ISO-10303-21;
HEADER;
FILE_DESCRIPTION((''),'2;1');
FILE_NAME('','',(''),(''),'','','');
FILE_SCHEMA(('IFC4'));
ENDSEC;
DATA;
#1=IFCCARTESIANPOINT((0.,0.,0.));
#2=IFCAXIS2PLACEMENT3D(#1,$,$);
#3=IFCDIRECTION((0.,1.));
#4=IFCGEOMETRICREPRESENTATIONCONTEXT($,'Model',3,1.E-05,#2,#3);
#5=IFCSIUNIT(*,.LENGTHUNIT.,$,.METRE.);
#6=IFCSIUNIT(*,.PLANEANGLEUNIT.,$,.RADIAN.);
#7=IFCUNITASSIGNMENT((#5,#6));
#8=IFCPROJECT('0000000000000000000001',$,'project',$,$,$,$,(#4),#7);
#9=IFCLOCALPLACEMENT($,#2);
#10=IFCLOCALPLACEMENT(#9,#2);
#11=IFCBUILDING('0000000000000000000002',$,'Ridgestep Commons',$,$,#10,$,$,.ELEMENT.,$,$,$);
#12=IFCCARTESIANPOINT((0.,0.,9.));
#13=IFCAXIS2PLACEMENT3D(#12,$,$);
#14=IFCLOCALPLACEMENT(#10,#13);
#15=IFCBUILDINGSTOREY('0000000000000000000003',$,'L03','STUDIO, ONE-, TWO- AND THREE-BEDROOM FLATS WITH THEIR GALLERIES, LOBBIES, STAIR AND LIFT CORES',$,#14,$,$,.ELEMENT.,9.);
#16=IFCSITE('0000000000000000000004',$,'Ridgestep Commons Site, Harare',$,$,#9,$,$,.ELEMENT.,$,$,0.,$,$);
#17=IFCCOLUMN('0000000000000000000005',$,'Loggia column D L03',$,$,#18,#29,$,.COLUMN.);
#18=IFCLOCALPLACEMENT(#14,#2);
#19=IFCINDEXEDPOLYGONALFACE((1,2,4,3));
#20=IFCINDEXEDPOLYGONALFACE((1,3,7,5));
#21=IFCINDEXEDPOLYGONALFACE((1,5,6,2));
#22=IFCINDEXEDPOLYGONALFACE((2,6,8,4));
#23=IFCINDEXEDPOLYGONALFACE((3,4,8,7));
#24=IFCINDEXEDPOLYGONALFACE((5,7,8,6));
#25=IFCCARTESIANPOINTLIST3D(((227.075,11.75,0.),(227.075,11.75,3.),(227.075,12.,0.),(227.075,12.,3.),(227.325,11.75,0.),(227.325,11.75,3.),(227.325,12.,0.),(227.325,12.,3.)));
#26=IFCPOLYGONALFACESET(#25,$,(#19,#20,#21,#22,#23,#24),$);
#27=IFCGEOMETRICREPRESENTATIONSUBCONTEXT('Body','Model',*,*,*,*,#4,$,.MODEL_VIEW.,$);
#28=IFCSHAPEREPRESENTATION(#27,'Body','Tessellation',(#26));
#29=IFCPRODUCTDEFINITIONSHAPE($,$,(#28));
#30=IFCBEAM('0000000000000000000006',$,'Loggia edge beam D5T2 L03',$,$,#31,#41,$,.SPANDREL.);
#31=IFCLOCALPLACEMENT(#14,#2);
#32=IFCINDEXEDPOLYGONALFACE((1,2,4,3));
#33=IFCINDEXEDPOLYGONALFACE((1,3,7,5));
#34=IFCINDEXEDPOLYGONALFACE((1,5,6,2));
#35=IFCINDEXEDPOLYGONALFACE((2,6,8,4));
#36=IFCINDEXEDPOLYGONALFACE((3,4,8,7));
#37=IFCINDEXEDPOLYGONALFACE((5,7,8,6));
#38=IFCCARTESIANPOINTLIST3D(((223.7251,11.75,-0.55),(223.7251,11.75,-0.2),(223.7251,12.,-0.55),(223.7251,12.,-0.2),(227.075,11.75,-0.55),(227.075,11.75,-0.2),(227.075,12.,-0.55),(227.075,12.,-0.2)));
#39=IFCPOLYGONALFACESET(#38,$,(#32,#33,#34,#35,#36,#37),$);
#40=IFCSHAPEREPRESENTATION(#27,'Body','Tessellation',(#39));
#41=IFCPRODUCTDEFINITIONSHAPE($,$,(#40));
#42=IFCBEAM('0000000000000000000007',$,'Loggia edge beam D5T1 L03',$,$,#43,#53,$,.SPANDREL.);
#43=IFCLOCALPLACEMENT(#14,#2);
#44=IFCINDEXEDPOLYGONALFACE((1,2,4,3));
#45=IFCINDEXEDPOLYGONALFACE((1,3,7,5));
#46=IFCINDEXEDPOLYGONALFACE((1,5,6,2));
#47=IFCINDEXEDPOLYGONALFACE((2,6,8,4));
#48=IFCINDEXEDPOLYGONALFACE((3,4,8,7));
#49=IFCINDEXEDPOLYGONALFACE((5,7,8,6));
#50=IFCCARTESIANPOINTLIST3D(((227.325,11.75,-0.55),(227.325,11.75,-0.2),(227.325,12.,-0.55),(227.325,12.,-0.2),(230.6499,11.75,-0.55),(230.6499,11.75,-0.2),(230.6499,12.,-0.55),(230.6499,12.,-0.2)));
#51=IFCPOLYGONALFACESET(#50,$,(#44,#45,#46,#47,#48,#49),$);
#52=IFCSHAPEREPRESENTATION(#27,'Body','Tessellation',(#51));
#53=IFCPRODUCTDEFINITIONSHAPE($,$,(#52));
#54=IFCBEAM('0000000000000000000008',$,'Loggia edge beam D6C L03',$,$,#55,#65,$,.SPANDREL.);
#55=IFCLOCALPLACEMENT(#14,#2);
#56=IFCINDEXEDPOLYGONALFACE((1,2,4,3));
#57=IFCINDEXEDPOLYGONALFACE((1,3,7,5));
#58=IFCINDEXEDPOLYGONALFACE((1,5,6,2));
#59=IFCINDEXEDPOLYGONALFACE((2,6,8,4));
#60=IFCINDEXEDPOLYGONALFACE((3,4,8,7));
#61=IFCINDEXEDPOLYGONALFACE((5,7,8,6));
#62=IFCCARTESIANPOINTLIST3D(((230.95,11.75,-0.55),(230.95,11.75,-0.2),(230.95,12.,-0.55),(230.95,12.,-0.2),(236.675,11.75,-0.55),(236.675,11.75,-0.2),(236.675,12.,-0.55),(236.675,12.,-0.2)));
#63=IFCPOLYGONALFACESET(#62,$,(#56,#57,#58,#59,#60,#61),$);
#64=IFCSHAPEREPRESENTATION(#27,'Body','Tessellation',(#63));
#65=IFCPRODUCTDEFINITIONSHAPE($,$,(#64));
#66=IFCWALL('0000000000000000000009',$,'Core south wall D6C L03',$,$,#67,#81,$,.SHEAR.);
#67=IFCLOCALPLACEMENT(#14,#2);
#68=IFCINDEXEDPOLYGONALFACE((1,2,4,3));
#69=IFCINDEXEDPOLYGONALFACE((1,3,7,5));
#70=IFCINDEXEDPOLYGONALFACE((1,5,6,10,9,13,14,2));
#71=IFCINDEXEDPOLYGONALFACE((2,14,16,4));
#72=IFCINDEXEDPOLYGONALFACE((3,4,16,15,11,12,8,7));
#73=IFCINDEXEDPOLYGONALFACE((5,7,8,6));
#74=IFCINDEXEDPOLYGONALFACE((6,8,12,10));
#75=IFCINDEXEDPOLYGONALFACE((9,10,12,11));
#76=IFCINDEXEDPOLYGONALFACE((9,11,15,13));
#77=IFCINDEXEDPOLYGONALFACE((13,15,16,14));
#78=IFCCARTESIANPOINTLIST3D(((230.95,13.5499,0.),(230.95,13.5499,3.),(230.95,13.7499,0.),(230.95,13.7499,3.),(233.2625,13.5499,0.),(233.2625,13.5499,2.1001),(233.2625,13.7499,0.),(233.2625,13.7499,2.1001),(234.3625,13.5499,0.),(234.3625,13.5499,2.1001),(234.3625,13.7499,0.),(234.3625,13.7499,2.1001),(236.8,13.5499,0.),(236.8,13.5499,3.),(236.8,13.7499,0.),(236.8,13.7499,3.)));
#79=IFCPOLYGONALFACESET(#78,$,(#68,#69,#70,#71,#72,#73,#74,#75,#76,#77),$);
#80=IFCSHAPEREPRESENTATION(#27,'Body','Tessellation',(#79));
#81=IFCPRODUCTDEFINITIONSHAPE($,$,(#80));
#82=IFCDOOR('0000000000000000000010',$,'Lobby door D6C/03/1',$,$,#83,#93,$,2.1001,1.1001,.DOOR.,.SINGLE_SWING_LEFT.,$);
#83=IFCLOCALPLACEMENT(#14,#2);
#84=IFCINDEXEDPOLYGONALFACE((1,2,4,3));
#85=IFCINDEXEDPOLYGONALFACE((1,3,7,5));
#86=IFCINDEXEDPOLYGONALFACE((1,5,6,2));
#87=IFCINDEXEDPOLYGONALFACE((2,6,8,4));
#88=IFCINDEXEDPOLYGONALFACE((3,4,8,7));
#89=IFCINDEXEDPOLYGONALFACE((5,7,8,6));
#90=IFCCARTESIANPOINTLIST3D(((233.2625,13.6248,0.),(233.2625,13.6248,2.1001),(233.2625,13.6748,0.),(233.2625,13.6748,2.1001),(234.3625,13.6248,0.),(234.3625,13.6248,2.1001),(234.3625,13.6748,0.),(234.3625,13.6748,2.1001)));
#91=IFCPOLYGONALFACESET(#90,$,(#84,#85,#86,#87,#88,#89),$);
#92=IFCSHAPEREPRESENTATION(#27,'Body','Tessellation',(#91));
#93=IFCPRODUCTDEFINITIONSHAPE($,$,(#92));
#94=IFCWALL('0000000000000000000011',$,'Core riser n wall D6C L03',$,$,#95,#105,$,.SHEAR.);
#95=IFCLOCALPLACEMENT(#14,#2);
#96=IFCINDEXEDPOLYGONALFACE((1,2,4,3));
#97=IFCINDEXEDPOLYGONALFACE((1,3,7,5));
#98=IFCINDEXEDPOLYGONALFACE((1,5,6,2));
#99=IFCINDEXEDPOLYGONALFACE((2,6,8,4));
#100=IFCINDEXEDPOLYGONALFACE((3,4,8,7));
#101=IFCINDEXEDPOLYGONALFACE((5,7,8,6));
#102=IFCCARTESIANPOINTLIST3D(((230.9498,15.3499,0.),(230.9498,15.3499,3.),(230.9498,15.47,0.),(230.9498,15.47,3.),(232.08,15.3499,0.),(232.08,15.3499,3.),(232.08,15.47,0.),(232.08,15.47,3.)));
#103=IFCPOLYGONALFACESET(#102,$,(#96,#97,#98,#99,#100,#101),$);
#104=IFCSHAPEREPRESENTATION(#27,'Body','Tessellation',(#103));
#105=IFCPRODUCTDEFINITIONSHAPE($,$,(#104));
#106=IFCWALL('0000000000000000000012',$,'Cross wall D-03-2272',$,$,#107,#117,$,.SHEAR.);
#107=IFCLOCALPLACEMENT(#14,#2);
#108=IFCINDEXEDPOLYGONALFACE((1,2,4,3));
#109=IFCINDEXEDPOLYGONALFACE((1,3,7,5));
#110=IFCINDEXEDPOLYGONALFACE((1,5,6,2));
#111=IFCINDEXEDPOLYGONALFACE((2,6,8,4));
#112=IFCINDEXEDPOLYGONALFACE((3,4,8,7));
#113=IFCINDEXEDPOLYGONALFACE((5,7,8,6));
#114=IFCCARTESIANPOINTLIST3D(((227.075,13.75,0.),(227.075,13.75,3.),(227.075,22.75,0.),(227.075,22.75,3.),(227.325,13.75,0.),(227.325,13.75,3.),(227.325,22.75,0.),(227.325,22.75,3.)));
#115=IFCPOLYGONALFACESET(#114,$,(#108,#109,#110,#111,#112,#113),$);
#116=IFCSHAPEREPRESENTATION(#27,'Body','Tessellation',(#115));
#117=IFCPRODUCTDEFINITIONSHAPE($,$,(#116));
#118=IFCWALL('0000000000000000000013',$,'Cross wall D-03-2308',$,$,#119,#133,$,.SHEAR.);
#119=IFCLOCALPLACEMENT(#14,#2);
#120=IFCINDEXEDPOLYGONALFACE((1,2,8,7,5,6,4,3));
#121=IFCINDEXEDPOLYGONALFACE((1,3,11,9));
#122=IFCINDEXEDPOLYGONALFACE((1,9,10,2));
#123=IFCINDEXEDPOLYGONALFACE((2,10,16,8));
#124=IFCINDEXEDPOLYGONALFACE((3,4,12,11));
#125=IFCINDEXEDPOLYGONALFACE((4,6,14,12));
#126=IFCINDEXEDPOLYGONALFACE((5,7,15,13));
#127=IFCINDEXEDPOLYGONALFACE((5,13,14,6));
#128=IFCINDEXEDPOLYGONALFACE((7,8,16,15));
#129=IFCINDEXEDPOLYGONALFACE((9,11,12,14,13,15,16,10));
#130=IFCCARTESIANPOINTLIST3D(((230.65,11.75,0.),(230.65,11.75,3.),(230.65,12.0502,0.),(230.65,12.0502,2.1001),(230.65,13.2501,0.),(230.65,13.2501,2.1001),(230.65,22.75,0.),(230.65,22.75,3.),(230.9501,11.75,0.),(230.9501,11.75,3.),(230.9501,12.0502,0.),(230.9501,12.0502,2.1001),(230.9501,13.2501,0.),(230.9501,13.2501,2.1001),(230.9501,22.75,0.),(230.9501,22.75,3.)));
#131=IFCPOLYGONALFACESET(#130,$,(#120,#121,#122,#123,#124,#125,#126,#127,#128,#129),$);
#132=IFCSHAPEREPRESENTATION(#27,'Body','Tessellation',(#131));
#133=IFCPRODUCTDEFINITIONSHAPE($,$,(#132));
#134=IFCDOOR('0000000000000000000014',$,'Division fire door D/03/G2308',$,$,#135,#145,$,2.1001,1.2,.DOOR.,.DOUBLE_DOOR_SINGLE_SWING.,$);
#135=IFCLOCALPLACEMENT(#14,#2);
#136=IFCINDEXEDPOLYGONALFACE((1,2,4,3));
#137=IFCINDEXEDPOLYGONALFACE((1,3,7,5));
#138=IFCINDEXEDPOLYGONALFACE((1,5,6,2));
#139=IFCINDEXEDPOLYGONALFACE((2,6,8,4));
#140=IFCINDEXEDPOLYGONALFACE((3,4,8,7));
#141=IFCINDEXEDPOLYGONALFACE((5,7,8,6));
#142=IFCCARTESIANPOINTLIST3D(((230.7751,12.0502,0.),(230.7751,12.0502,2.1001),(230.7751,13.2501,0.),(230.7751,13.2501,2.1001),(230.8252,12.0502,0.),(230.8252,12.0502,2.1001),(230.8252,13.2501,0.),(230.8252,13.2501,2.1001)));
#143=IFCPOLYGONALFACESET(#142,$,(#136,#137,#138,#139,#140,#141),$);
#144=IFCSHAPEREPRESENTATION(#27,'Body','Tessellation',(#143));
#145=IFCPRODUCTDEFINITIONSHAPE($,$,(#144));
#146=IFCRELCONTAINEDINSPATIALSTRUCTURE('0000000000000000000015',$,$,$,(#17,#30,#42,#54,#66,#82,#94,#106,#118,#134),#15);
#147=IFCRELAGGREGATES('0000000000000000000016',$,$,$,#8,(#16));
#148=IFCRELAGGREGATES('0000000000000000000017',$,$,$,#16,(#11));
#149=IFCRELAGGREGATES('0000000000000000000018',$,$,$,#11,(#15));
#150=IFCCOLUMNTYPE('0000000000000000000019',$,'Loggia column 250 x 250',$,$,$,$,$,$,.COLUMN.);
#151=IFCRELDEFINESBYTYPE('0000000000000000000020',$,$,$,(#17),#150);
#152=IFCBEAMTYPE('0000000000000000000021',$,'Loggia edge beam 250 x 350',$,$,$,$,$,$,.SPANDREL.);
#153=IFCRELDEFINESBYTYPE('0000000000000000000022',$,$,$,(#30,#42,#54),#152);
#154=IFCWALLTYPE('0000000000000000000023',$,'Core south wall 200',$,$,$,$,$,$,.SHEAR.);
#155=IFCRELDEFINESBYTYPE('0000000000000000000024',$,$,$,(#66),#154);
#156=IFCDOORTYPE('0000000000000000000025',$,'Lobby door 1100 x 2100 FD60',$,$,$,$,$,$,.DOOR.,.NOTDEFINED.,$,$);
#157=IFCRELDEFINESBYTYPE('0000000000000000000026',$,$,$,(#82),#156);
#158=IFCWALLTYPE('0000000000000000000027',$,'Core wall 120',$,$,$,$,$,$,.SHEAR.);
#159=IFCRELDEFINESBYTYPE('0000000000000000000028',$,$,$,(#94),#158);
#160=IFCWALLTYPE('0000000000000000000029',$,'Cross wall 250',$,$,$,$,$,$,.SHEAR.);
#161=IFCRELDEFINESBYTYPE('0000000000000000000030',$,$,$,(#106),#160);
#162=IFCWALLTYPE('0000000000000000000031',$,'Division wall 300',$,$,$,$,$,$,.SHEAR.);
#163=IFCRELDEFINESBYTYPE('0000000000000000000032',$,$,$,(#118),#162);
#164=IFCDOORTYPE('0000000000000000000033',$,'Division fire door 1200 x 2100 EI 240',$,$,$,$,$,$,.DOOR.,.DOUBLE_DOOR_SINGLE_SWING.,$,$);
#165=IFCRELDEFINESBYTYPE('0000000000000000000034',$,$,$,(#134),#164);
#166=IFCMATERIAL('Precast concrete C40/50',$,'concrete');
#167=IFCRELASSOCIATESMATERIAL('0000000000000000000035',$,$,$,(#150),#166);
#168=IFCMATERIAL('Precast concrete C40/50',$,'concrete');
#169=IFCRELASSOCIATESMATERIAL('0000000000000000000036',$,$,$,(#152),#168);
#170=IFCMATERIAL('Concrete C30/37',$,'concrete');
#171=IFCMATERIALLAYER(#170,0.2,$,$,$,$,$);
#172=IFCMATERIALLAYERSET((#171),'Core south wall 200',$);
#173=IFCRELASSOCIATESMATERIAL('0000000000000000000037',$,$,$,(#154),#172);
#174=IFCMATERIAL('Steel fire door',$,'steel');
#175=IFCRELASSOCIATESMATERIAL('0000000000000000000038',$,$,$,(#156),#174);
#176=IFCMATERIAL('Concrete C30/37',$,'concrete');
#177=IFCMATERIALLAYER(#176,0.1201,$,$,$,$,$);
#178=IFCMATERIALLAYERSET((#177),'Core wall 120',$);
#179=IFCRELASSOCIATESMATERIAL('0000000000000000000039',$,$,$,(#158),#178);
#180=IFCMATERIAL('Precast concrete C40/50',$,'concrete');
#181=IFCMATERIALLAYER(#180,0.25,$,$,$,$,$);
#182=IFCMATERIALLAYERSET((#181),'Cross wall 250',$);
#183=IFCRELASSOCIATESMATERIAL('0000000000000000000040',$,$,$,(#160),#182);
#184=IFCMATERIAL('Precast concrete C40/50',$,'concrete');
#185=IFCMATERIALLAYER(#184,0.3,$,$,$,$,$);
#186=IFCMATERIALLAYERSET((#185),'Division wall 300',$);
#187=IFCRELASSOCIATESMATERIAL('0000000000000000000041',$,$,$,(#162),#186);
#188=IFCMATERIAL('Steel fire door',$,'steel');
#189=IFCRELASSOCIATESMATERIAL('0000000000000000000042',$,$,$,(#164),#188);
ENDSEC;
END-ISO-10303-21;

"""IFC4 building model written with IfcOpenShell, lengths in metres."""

from ifc_helpers import new_model, si_unit, direction, frame, frame_2d, origin, origin_2d, place, context, subcontext, project, spatial, rectangle, extrude, material, layer, layer_set, material_profile, profile_set, type_object, element, fill, save


model = new_model("IFC4")

# Units and contexts
model_context = context("Model", 3, precision=1e-05, world=origin(), true_north=direction((0.0, 1.0)))
body_context = subcontext(model_context, "Body", "Model", "MODEL_VIEW")
ifc_project = project(units=[si_unit("LENGTHUNIT", "METRE"), si_unit("PLANEANGLEUNIT", "RADIAN")], contexts=[model_context])

# Site, building, storey
site_placement = place(None, origin())
site = spatial("IfcSite", under=ifc_project, at=site_placement, Name="Ridgestep Commons Site, Harare", CompositionType="ELEMENT", RefElevation=0.0)
building_placement = place(site_placement, origin())
building = spatial("IfcBuilding", under=site, at=building_placement, Name="Ridgestep Commons", CompositionType="ELEMENT")
storey_placement = place(building_placement, frame((0.0, 0.0, 9.0)))
storey = spatial("IfcBuildingStorey", under=building, at=storey_placement, Name="L03", Description="STUDIO, ONE-, TWO- AND THREE-BEDROOM FLATS WITH THEIR GALLERIES, LOBBIES, STAIR AND LIFT CORES", CompositionType="ELEMENT", Elevation=9.0)

# Column
ifc_material_1 = material(Name="Precast concrete C40/50", Category="concrete")
ifc_material_profile_1 = material_profile(ifc_material_1, rectangle(XDim=0.25, YDim=0.25, at=origin_2d()), Name="PC 250x250")
ifc_profile_set_1 = profile_set([ifc_material_profile_1], Name="Precast concrete C40/50")
column_type = type_object("IfcColumnType", Name="Loggia column 250 x 250", PredefinedType="COLUMN", material=ifc_profile_set_1)
column_placement = place(storey_placement, frame((227.2, 11.875, 0.0), z_axis=(0.0, 0.0, 1.0), x_axis=(1.0, 0.0, 0.0)))
element("IfcColumn", 1, at=column_placement, inside=storey, type_object=column_type, Name="Loggia column D L03", PredefinedType="COLUMN", context=body_context, shape_type="SweptSolid", body=[
    extrude(rectangle(XDim=0.25, YDim=0.25, at=origin_2d()), origin(), (0.0, 0.0, 1.0), 3.0),
])

# Beams
ifc_material_2 = material(Name="Precast concrete C40/50", Category="concrete")
ifc_material_profile_2 = material_profile(ifc_material_2, rectangle(XDim=0.25, YDim=0.3501, at=origin_2d()), Name="PC 250x350")
ifc_profile_set_2 = profile_set([ifc_material_profile_2], Name="Precast concrete C40/50")
beam_type = type_object("IfcBeamType", Name="Loggia edge beam 250 x 350", PredefinedType="SPANDREL", material=ifc_profile_set_2)
beam_1_placement = place(storey_placement, frame((223.7251, 11.875, -0.375), z_axis=(1.0, 0.0, 0.0), x_axis=(0.0, 1.0, 0.0)))
element("IfcBeam", 2, at=beam_1_placement, inside=storey, type_object=beam_type, Name="Loggia edge beam D5T2 L03", PredefinedType="SPANDREL", context=body_context, shape_type="SweptSolid", body=[
    extrude(rectangle(XDim=0.25, YDim=0.3501, at=origin_2d()), origin(), (0.0, 0.0, 1.0), 3.3499),
])
beam_2_placement = place(storey_placement, frame((227.325, 11.875, -0.375), z_axis=(1.0, 0.0, 0.0), x_axis=(0.0, 1.0, 0.0)))
element("IfcBeam", 3, at=beam_2_placement, inside=storey, type_object=beam_type, Name="Loggia edge beam D5T1 L03", PredefinedType="SPANDREL", context=body_context, shape_type="SweptSolid", body=[
    extrude(rectangle(XDim=0.25, YDim=0.3501, at=origin_2d()), origin(), (0.0, 0.0, 1.0), 3.325),
])
beam_3_placement = place(storey_placement, frame((230.95, 11.875, -0.375), z_axis=(1.0, 0.0, 0.0), x_axis=(0.0, 1.0, 0.0)))
element("IfcBeam", 4, at=beam_3_placement, inside=storey, type_object=beam_type, Name="Loggia edge beam D6C L03", PredefinedType="SPANDREL", context=body_context, shape_type="SweptSolid", body=[
    extrude(rectangle(XDim=0.25, YDim=0.3501, at=origin_2d()), origin(), (0.0, 0.0, 1.0), 5.7251),
])

# Wall, opening, door
ifc_material_3 = material(Name="Concrete C30/37", Category="concrete")
ifc_layer_1 = layer(ifc_material_3, 0.2)
ifc_layer_set_1 = layer_set([ifc_layer_1], Name="Core south wall 200")
wall_type_1 = type_object("IfcWallType", Name="Core south wall 200", PredefinedType="SHEAR", material=ifc_layer_set_1)
wall_1_placement = place(storey_placement, frame((230.95, 13.6499, 0.0), z_axis=(0.0, 0.0, 1.0), x_axis=(1.0, 0.0, 0.0)))
wall_1 = element("IfcWall", 5, at=wall_1_placement, inside=storey, type_object=wall_type_1, Name="Core south wall D6C L03", PredefinedType="SHEAR", context=body_context, shape_type="SweptSolid", body=[
    extrude(rectangle(XDim=5.8501, YDim=0.2, at=frame_2d((2.925, 0.0))), origin(), (0.0, 0.0, 1.0), 3.0),
])
opening_1_placement = place(wall_1_placement, frame((2.3125, 0.0, 0.0)))
opening_1 = element("IfcOpeningElement", 6, at=opening_1_placement, cuts=wall_1, PredefinedType="OPENING", context=body_context, shape_type="SweptSolid", body=[
    extrude(rectangle(XDim=1.1001, YDim=2.1001, at=frame_2d((0.55, 1.05))), frame((0.0, 0.1099, 0.0), z_axis=(0.0, -1.0, 0.0), x_axis=(1.0, 0.0, 0.0)), (0.0, 0.0, 1.0), 0.22),
])
ifc_material_4 = material(Name="Steel fire door", Category="steel")
door_type_1 = type_object("IfcDoorType", Name="Lobby door 1100 x 2100 FD60", OperationType="NOTDEFINED", PredefinedType="DOOR", material=ifc_material_4)
door_1_placement = place(opening_1_placement, origin())
door_1 = element("IfcDoor", 7, at=door_1_placement, inside=storey, type_object=door_type_1, Name="Lobby door D6C/03/1", OperationType="SINGLE_SWING_LEFT", OverallHeight=2.1001, OverallWidth=1.1001, PredefinedType="DOOR", context=body_context, shape_type="SweptSolid", body=[
    extrude(rectangle(XDim=1.1001, YDim=2.1001, at=frame_2d((0.55, 1.05))), frame((0.0, 0.0249, 0.0), z_axis=(0.0, -1.0, 0.0), x_axis=(1.0, 0.0, 0.0)), (0.0, 0.0, 1.0), 0.05),
])
fill(opening_1, door_1)

# Walls
ifc_material_5 = material(Name="Concrete C30/37", Category="concrete")
ifc_layer_2 = layer(ifc_material_5, 0.1201)
ifc_layer_set_2 = layer_set([ifc_layer_2], Name="Core wall 120")
wall_type_2 = type_object("IfcWallType", Name="Core wall 120", PredefinedType="SHEAR", material=ifc_layer_set_2)
wall_2_placement = place(storey_placement, frame((230.95, 15.4099, 0.0), z_axis=(0.0, 0.0, 1.0), x_axis=(1.0, 0.0, 0.0)))
element("IfcWall", 8, at=wall_2_placement, inside=storey, type_object=wall_type_2, Name="Core riser n wall D6C L03", PredefinedType="SHEAR", context=body_context, shape_type="SweptSolid", body=[
    extrude(rectangle(XDim=1.1301, YDim=0.1201, at=frame_2d((0.5649, 0.0))), origin(), (0.0, 0.0, 1.0), 3.0),
])
ifc_material_6 = material(Name="Precast concrete C40/50", Category="concrete")
ifc_layer_3 = layer(ifc_material_6, 0.25)
ifc_layer_set_3 = layer_set([ifc_layer_3], Name="Cross wall 250")
wall_type_3 = type_object("IfcWallType", Name="Cross wall 250", PredefinedType="SHEAR", material=ifc_layer_set_3)
wall_3_placement = place(storey_placement, frame((227.2, 13.75, 0.0), z_axis=(0.0, 0.0, 1.0), x_axis=(0.0, 1.0, 0.0)))
element("IfcWall", 9, at=wall_3_placement, inside=storey, type_object=wall_type_3, Name="Cross wall D-03-2272", PredefinedType="SHEAR", context=body_context, shape_type="SweptSolid", body=[
    extrude(rectangle(XDim=9.0, YDim=0.25, at=frame_2d((4.5, 0.0))), origin(), (0.0, 0.0, 1.0), 3.0),
])

# Wall, opening, door
ifc_material_7 = material(Name="Precast concrete C40/50", Category="concrete")
ifc_layer_4 = layer(ifc_material_7, 0.3)
ifc_layer_set_4 = layer_set([ifc_layer_4], Name="Division wall 300")
wall_type_4 = type_object("IfcWallType", Name="Division wall 300", PredefinedType="SHEAR", material=ifc_layer_set_4)
wall_4_placement = place(storey_placement, frame((230.8, 11.75, 0.0), z_axis=(0.0, 0.0, 1.0), x_axis=(0.0, 1.0, 0.0)))
wall_4 = element("IfcWall", 10, at=wall_4_placement, inside=storey, type_object=wall_type_4, Name="Cross wall D-03-2308", PredefinedType="SHEAR", context=body_context, shape_type="SweptSolid", body=[
    extrude(rectangle(XDim=11.0, YDim=0.3, at=frame_2d((5.5, 0.0))), origin(), (0.0, 0.0, 1.0), 3.0),
])
opening_2_placement = place(wall_4_placement, frame((0.3, 0.0, 0.0)))
opening_2 = element("IfcOpeningElement", 11, at=opening_2_placement, cuts=wall_4, PredefinedType="OPENING", context=body_context, shape_type="SweptSolid", body=[
    extrude(rectangle(XDim=1.2, YDim=2.1001, at=frame_2d((0.6001, 1.05))), frame((0.0, 0.1599, 0.0), z_axis=(0.0, -1.0, 0.0), x_axis=(1.0, 0.0, 0.0)), (0.0, 0.0, 1.0), 0.3201),
])
ifc_material_8 = material(Name="Steel fire door", Category="steel")
door_type_2 = type_object("IfcDoorType", Name="Division fire door 1200 x 2100 EI 240", OperationType="DOUBLE_DOOR_SINGLE_SWING", PredefinedType="DOOR", material=ifc_material_8)
door_2_placement = place(opening_2_placement, origin())
door_2 = element("IfcDoor", 12, at=door_2_placement, inside=storey, type_object=door_type_2, Name="Division fire door D/03/G2308", OperationType="DOUBLE_DOOR_SINGLE_SWING", OverallHeight=2.1001, OverallWidth=1.2, PredefinedType="DOOR", context=body_context, shape_type="SweptSolid", body=[
    extrude(rectangle(XDim=1.2, YDim=2.1001, at=frame_2d((0.6001, 1.05))), frame((0.0, 0.0249, 0.0), z_axis=(0.0, -1.0, 0.0), x_axis=(1.0, 0.0, 0.0)), (0.0, 0.0, 1.0), 0.05),
])
fill(opening_2, door_2)

save(model, "model.ifc")
